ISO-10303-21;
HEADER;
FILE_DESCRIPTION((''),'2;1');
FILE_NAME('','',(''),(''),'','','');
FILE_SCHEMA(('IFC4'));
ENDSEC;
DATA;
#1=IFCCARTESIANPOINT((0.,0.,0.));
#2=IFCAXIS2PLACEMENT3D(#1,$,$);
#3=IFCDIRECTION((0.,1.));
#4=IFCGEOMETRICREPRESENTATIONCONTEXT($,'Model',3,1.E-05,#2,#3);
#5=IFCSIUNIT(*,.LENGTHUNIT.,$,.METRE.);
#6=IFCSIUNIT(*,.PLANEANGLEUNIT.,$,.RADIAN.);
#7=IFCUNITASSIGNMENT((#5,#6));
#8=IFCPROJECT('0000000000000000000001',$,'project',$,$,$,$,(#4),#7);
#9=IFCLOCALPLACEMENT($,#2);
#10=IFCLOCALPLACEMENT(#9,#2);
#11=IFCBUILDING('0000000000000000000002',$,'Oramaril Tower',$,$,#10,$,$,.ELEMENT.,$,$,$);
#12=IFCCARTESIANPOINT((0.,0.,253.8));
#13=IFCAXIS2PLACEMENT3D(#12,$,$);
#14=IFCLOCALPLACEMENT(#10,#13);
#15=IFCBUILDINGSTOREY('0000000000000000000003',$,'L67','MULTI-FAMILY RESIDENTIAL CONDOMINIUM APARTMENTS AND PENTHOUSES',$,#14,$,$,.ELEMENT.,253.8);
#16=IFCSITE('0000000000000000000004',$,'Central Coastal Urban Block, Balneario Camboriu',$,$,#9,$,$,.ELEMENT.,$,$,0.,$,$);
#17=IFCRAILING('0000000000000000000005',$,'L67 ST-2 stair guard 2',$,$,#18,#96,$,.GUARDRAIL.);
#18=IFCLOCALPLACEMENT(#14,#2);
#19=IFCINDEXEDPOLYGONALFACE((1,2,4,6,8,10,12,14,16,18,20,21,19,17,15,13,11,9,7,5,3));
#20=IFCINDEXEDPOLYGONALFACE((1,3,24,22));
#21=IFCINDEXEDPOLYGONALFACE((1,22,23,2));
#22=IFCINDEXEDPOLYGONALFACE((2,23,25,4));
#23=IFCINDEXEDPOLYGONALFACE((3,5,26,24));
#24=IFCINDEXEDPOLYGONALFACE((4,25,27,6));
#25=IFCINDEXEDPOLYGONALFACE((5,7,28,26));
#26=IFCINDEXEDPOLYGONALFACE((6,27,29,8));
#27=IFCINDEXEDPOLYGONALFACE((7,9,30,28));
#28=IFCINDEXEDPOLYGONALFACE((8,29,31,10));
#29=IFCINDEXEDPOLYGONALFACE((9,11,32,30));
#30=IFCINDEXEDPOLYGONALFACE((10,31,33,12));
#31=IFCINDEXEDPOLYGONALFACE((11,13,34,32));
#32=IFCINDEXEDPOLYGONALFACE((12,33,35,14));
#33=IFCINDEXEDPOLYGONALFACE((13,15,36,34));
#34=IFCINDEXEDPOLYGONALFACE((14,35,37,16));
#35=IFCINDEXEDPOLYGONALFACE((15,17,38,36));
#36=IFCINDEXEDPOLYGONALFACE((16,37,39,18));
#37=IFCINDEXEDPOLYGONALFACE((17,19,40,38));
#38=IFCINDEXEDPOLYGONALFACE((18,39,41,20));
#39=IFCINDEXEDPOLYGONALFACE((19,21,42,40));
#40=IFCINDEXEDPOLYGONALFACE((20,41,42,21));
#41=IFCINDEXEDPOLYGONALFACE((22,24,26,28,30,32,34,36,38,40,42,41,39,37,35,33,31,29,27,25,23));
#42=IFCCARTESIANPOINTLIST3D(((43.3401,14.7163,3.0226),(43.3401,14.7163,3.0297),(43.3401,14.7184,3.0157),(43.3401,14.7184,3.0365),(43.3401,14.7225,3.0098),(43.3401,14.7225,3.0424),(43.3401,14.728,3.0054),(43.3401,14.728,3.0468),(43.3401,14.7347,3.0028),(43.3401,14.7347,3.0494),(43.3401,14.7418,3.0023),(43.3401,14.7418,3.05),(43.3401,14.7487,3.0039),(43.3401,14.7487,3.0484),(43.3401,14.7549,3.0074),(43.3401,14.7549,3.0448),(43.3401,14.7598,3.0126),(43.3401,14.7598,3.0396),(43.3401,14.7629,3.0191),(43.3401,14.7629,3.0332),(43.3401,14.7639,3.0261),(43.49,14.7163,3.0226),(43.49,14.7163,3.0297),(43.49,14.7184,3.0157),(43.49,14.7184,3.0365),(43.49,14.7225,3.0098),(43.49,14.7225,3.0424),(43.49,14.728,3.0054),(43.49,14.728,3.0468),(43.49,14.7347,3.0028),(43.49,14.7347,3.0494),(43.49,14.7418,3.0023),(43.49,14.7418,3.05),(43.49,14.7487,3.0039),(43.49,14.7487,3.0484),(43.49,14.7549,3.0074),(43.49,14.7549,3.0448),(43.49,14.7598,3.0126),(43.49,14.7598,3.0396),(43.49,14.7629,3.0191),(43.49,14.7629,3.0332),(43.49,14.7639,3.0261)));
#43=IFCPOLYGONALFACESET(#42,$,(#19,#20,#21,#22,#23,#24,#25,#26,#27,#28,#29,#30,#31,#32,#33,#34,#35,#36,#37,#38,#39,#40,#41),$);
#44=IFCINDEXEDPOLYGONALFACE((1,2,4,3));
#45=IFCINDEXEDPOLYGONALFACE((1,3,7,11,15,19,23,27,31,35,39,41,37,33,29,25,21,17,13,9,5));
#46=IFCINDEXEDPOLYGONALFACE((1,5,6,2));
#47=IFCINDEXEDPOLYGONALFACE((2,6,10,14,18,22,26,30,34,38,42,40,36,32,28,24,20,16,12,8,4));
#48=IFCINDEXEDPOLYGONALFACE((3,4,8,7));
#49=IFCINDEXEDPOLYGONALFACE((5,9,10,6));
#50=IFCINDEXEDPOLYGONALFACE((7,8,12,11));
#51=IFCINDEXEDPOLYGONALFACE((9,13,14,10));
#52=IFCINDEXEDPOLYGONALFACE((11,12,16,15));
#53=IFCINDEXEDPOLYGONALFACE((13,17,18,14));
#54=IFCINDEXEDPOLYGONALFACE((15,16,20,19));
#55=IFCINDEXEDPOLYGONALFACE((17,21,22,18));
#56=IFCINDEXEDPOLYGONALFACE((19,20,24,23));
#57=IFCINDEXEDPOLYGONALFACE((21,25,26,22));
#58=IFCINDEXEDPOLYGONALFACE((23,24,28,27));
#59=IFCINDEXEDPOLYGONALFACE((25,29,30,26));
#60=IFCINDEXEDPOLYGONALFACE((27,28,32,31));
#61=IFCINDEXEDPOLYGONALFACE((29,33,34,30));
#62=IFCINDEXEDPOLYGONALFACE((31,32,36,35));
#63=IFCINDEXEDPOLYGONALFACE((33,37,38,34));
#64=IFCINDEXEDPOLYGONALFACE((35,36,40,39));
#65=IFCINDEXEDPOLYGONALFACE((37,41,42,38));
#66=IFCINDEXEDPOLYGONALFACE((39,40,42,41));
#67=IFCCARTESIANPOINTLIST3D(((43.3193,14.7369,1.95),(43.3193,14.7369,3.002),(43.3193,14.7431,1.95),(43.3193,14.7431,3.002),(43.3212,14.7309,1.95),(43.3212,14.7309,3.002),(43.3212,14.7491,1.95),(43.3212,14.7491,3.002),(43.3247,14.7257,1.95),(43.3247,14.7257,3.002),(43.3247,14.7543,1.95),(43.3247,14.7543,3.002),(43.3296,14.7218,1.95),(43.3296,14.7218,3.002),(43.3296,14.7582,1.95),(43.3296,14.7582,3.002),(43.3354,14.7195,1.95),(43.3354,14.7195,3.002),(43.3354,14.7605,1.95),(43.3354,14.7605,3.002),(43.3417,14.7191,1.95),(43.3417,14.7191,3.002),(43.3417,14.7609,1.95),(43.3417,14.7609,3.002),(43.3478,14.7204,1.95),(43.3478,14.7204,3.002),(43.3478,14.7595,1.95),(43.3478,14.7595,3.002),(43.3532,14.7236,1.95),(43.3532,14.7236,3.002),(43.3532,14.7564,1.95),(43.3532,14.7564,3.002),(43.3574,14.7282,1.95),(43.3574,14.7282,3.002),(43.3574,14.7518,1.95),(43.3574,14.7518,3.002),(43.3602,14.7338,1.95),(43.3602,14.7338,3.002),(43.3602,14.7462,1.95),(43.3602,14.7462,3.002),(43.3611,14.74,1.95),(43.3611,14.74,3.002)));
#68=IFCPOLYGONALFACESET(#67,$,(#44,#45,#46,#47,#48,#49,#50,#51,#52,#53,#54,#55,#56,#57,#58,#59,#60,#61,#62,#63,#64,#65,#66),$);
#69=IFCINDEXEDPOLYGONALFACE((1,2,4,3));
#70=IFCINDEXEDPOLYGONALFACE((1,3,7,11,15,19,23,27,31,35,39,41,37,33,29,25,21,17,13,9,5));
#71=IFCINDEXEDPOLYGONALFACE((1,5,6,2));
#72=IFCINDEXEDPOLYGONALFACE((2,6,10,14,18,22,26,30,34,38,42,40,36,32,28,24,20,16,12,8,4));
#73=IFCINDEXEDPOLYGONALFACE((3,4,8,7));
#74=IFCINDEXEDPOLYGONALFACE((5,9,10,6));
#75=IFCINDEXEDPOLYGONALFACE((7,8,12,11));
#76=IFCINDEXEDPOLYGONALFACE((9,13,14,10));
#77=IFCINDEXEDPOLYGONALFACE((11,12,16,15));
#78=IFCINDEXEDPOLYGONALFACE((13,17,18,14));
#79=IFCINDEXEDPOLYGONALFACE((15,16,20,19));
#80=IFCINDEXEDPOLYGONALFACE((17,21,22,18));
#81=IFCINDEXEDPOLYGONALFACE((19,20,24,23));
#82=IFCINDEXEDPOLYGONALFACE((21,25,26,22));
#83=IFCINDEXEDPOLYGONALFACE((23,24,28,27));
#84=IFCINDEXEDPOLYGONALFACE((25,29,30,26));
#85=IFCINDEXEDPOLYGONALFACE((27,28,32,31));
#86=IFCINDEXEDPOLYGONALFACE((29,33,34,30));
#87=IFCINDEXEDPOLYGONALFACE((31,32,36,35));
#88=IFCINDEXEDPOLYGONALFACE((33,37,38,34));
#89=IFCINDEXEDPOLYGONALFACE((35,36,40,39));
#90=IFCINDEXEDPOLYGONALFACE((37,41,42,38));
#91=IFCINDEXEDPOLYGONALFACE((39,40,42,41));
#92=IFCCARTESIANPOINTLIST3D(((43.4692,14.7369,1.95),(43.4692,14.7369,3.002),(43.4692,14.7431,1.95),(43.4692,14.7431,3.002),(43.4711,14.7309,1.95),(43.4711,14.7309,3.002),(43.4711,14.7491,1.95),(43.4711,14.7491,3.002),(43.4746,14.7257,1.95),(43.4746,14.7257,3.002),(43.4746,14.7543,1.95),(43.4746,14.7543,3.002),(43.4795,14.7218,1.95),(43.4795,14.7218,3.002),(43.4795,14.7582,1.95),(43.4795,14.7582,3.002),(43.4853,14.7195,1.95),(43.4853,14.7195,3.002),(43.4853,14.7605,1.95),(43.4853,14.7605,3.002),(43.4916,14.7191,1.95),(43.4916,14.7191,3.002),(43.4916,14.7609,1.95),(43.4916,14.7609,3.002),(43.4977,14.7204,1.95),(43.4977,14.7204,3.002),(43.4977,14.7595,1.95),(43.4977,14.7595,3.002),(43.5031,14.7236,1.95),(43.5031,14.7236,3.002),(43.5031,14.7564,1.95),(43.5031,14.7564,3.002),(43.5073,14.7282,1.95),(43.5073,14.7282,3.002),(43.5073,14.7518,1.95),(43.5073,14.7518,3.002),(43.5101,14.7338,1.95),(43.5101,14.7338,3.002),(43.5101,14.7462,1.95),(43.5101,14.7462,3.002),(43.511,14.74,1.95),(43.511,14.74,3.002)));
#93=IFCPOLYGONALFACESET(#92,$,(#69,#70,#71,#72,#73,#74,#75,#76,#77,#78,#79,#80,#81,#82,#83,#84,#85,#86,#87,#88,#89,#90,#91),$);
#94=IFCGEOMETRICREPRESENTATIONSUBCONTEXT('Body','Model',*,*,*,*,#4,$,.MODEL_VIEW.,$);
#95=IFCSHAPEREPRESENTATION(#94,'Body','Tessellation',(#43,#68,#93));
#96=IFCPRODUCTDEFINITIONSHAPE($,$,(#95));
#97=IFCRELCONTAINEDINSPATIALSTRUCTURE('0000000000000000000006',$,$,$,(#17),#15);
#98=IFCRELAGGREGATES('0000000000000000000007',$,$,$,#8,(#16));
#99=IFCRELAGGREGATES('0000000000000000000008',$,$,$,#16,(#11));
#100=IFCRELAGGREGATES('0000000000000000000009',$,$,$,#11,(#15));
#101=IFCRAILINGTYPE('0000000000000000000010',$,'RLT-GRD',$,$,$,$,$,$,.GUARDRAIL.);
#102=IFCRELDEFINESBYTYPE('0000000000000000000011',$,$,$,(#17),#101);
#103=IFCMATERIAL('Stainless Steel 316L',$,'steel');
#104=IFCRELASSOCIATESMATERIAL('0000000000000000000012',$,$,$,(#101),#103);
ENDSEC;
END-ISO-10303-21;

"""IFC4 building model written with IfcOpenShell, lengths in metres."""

from ifc_helpers import new_model, si_unit, direction, frame, origin, origin_2d, place, context, subcontext, project, spatial, circle, extrude, material, type_object, element, save


model = new_model("IFC4")

# Units and contexts
model_context = context("Model", 3, precision=1e-05, world=origin(), true_north=direction((0.0, 1.0)))
body_context = subcontext(model_context, "Body", "Model", "MODEL_VIEW")
ifc_project = project(units=[si_unit("LENGTHUNIT", "METRE"), si_unit("PLANEANGLEUNIT", "RADIAN")], contexts=[model_context])

# Site, building, storey
site_placement = place(None, origin())
site = spatial("IfcSite", under=ifc_project, at=site_placement, Name="Central Coastal Urban Block, Balneario Camboriu", CompositionType="ELEMENT", RefElevation=0.0)
building_placement = place(site_placement, origin())
building = spatial("IfcBuilding", under=site, at=building_placement, Name="Oramaril Tower", CompositionType="ELEMENT")
storey_placement = place(building_placement, frame((0.0, 0.0, 253.8)))
storey = spatial("IfcBuildingStorey", under=building, at=storey_placement, Name="L67", Description="MULTI-FAMILY RESIDENTIAL CONDOMINIUM APARTMENTS AND PENTHOUSES", CompositionType="ELEMENT", Elevation=253.8)

# Railing
ifc_material_1 = material(Name="Stainless Steel 316L", Category="steel")
railing_type_1 = type_object("IfcRailingType", Name="RLT-GRD", PredefinedType="GUARDRAIL", material=ifc_material_1)
railing_1_placement = place(storey_placement, frame((43.3401, 14.74, 1.95)))
element("IfcRailing", 1, at=railing_1_placement, inside=storey, type_object=railing_type_1, Name="L67 ST-2 stair guard 2", PredefinedType="GUARDRAIL", context=body_context, shape_type="SweptSolid", body=[
    extrude(circle(Radius=0.0239, at=origin_2d()), frame((0.0, 0.0, 1.0762), z_axis=(1.0, 0.0, 0.0), x_axis=(0.0, 1.0, 0.0)), (0.0, 0.0, 1.0), 0.1499),
    extrude(circle(Radius=0.021, at=origin_2d()), origin(), (0.0, 0.0, 1.0), 1.052),
    extrude(circle(Radius=0.021, at=origin_2d()), frame((0.1499, 0.0, 0.0)), (0.0, 0.0, 1.0), 1.052),
])

save(model, "model.ifc")
